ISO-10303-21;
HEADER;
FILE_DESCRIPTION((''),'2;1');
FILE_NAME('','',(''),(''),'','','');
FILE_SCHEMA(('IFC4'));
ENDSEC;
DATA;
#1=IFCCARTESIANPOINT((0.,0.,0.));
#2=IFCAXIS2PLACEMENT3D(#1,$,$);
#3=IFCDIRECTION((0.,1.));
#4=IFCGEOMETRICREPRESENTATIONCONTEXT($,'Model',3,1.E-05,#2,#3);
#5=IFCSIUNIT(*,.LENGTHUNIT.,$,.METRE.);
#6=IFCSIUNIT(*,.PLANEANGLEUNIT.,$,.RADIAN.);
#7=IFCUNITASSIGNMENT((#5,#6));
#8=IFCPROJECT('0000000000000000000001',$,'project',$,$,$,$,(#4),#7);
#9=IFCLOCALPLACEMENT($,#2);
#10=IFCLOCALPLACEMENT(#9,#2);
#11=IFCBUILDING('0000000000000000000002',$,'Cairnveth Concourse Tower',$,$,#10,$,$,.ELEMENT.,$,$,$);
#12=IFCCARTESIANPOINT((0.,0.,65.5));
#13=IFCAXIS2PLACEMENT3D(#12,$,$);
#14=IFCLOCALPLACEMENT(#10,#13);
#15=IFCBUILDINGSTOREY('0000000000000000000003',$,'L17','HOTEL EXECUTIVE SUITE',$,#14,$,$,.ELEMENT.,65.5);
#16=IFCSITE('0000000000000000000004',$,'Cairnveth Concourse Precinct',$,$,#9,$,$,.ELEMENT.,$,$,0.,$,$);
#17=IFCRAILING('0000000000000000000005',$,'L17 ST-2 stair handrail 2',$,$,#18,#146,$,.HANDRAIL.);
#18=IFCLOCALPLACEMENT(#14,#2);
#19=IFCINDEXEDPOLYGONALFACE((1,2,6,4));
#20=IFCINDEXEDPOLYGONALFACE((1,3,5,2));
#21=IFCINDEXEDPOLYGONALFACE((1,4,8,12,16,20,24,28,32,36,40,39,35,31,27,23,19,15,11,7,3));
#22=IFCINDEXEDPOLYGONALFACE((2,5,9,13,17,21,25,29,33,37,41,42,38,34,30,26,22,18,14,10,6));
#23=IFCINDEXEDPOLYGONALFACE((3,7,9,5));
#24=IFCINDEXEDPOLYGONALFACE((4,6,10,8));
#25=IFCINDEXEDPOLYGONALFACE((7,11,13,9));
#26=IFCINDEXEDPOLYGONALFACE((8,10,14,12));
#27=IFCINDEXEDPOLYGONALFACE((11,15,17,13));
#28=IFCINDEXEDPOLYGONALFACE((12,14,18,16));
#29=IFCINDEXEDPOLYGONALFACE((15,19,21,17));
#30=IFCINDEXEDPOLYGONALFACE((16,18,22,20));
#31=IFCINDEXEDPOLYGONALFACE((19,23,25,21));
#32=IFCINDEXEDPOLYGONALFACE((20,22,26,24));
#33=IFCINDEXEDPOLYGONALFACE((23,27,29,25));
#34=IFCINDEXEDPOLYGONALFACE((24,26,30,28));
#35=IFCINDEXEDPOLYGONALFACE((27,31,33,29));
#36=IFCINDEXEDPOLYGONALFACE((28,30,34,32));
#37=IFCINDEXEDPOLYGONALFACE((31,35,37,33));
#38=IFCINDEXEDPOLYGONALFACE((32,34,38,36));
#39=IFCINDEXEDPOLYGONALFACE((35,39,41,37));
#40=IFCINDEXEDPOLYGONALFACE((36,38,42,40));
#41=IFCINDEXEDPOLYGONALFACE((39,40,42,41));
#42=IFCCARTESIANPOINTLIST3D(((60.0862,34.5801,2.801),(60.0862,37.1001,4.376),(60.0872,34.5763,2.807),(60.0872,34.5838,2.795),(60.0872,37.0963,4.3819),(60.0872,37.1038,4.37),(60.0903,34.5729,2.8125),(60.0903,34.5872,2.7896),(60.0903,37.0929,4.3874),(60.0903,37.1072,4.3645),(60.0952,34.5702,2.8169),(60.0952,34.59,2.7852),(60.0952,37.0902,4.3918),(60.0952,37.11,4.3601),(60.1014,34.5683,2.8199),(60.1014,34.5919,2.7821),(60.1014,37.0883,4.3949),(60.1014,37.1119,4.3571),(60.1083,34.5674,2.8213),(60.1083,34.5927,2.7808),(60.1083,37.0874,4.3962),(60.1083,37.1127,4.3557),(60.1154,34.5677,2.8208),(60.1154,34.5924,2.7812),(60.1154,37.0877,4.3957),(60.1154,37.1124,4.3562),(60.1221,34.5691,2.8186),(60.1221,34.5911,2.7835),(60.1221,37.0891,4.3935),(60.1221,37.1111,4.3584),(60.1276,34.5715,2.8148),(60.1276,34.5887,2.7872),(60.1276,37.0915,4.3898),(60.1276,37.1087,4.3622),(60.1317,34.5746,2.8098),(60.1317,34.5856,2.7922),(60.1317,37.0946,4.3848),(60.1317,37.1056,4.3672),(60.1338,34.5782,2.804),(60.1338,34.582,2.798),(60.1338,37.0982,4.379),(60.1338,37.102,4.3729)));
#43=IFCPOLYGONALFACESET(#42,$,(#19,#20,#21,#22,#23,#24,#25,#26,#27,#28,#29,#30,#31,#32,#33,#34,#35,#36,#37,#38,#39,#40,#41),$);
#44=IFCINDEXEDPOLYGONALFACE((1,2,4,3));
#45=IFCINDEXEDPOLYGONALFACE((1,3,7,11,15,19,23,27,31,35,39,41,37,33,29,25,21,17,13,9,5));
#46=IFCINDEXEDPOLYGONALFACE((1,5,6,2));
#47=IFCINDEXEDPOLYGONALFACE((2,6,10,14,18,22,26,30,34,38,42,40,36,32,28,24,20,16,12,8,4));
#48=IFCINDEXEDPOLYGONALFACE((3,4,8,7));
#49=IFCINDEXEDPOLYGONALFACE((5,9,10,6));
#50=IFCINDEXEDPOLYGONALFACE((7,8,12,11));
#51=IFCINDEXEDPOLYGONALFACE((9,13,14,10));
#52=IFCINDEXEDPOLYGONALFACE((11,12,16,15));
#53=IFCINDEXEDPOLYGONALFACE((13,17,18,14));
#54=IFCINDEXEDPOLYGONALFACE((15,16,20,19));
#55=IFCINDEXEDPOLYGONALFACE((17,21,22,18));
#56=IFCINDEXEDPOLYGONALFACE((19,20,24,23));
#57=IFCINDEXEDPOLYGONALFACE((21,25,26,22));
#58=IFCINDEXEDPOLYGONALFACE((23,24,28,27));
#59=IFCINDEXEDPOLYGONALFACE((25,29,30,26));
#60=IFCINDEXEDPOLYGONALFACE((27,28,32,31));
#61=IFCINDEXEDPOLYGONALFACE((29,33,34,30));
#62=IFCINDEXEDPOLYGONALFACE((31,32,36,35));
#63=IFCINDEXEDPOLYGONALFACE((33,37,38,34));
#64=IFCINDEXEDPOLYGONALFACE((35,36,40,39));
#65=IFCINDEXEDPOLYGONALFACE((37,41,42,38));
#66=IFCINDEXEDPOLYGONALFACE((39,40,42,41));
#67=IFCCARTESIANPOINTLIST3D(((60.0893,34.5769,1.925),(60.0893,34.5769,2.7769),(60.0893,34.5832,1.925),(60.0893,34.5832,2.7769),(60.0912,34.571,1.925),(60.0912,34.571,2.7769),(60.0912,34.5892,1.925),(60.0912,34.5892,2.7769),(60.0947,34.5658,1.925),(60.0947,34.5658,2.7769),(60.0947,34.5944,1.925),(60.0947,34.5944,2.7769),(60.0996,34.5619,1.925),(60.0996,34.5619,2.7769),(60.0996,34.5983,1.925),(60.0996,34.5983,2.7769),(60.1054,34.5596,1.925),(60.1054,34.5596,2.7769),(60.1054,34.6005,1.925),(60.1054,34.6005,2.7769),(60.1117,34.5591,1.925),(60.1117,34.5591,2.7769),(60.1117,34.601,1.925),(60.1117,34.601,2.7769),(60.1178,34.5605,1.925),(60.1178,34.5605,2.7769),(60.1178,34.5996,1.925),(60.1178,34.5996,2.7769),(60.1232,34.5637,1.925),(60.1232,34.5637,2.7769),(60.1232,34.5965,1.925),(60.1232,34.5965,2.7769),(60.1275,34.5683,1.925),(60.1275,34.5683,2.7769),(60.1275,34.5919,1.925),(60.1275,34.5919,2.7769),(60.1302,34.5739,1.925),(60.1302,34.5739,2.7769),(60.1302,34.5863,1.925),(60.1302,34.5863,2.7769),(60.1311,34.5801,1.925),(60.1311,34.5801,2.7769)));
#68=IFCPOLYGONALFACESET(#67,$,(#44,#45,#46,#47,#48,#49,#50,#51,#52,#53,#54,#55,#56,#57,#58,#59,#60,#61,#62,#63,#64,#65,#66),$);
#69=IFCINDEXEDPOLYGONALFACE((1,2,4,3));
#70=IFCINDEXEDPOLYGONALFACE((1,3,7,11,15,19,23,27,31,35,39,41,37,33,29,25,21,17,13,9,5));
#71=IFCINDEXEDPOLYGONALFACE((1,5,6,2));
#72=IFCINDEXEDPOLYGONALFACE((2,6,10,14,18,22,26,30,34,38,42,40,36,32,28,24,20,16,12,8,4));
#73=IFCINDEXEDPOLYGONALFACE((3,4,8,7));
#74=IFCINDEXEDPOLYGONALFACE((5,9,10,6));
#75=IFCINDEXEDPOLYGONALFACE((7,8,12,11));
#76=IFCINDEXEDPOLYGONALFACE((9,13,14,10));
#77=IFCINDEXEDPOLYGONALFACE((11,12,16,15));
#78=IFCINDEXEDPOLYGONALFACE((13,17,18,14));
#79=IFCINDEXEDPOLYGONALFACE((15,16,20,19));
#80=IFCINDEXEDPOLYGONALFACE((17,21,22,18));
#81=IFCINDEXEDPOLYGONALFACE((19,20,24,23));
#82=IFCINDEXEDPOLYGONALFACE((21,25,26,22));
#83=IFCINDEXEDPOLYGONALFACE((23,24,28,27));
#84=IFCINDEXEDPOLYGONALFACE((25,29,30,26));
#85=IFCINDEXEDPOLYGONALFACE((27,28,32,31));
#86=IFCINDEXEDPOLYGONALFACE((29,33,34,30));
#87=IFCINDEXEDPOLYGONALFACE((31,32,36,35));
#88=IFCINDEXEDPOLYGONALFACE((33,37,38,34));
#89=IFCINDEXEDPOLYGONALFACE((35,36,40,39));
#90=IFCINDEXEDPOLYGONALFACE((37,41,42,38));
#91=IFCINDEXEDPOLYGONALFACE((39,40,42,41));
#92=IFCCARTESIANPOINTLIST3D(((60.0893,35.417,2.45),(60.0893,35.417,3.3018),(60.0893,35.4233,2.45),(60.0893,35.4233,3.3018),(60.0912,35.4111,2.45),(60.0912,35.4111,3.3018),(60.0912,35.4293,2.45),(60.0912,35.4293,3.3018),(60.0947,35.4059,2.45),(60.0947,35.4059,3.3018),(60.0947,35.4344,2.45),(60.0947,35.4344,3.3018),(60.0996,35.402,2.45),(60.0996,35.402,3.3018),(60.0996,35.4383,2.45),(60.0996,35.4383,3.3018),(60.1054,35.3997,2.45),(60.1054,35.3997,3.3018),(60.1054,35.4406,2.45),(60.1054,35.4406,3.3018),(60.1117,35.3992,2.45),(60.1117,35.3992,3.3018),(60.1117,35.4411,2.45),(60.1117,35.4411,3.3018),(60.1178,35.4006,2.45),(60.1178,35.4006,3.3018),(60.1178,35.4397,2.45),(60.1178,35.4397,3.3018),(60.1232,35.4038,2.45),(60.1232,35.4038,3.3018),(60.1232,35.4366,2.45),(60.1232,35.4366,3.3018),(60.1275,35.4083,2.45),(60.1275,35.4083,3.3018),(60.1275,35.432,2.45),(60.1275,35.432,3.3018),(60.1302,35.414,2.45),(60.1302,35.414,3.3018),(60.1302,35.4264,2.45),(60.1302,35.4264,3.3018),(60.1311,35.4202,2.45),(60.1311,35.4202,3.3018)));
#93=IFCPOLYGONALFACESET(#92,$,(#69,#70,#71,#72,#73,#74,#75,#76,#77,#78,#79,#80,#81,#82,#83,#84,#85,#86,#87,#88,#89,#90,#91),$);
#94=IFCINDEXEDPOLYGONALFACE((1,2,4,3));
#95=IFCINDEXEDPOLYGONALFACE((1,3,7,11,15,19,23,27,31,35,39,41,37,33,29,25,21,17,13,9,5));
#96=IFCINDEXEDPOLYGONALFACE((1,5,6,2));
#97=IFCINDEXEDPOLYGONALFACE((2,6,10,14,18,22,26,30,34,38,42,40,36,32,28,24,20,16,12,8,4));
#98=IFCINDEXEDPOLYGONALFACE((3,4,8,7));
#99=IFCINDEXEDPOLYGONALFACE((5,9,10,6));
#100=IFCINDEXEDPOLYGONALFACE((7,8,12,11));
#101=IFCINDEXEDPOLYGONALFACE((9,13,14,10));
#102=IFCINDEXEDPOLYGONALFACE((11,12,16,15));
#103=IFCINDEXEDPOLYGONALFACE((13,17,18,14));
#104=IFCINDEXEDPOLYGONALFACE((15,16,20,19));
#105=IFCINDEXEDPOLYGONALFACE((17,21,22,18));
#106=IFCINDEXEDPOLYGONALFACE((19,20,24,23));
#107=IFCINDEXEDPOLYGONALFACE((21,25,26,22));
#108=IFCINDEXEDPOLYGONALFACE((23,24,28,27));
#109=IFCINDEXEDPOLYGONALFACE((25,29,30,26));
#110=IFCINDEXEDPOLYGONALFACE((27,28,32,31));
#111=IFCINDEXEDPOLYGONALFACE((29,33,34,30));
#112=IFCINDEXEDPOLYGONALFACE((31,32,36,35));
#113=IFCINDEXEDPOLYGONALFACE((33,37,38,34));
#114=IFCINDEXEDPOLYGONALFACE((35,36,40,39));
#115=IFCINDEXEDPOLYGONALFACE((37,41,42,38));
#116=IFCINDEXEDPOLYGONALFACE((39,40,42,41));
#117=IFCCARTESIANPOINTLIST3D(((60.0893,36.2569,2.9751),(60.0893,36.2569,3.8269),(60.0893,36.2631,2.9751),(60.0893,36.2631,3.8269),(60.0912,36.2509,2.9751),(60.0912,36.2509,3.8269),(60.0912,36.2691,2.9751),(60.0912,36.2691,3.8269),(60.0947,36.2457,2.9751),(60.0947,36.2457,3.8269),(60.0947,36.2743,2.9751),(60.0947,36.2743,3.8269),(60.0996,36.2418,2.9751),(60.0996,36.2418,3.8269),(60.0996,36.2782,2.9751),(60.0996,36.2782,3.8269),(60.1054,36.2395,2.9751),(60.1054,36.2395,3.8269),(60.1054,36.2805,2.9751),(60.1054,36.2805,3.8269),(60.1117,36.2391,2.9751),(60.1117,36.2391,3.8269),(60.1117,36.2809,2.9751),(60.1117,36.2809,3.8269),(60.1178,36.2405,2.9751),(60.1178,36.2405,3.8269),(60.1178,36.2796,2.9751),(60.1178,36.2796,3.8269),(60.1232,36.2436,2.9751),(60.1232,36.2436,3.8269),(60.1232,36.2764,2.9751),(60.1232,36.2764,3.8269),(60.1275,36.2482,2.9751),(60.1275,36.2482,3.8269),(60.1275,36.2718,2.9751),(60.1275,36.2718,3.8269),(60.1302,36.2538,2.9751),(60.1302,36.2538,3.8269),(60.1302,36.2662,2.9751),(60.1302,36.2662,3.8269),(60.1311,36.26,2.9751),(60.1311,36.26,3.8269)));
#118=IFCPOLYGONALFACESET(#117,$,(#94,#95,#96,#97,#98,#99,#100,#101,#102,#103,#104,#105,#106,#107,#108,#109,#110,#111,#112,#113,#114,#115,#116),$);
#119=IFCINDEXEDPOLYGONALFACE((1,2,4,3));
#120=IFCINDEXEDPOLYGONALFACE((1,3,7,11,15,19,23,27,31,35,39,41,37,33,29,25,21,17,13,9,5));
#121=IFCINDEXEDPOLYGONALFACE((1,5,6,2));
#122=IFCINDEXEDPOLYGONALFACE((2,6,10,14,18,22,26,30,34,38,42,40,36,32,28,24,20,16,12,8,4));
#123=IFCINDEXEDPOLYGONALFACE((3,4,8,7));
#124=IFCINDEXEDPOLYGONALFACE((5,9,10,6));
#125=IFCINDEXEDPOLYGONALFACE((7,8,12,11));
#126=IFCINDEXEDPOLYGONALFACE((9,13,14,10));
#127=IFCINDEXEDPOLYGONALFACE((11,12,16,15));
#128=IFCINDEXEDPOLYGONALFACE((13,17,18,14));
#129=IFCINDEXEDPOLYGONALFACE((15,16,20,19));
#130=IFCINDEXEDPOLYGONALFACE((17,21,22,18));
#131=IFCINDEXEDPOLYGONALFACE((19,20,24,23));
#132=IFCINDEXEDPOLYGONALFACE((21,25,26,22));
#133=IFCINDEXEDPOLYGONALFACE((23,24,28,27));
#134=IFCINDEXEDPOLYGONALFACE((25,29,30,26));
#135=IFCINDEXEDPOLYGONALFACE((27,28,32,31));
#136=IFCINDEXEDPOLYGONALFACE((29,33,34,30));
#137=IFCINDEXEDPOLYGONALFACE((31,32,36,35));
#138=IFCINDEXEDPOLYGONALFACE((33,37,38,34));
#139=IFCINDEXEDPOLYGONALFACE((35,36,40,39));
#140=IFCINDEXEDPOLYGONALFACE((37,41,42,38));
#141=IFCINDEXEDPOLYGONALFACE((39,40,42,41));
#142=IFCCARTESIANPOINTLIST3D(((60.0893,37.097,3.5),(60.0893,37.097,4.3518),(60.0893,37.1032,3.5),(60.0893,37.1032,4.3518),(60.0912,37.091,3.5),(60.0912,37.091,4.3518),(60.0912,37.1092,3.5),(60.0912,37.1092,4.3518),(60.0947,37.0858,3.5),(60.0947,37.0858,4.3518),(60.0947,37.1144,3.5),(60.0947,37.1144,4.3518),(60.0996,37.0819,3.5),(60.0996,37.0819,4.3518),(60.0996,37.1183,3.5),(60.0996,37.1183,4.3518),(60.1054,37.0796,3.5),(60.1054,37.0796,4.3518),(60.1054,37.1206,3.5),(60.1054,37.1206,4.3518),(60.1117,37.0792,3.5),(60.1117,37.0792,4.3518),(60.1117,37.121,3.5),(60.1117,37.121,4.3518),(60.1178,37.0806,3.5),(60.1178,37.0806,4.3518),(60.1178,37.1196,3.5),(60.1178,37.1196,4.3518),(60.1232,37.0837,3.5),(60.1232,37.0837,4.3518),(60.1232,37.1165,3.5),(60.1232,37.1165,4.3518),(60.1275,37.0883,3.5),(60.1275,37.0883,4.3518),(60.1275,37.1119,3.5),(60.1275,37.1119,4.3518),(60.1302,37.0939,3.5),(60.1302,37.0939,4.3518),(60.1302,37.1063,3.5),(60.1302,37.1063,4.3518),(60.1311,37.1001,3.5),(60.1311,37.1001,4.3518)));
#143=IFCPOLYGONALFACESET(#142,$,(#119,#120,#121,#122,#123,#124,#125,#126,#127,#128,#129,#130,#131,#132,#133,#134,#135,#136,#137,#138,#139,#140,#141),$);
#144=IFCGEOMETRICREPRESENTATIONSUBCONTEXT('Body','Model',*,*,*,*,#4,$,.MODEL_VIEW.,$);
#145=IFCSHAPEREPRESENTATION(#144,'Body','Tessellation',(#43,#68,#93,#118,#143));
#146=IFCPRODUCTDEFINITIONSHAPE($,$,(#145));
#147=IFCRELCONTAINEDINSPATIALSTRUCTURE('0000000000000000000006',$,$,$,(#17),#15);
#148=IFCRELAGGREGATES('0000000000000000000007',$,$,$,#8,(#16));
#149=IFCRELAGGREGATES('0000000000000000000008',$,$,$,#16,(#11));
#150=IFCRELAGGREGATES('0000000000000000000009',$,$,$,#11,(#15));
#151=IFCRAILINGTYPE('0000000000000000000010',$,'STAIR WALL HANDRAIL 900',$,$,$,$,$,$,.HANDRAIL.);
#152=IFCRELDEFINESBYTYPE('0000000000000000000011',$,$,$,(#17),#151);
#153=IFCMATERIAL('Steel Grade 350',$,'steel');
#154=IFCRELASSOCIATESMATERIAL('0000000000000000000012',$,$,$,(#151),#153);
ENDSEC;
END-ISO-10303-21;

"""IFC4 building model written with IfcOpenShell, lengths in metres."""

from ifc_helpers import new_model, si_unit, direction, frame, origin, origin_2d, place, context, subcontext, project, spatial, circle, extrude, material, type_object, element, save


model = new_model("IFC4")

# Units and contexts
model_context = context("Model", 3, precision=1e-05, world=origin(), true_north=direction((0.0, 1.0)))
body_context = subcontext(model_context, "Body", "Model", "MODEL_VIEW")
ifc_project = project(units=[si_unit("LENGTHUNIT", "METRE"), si_unit("PLANEANGLEUNIT", "RADIAN")], contexts=[model_context])

# Site, building, storey
site_placement = place(None, origin())
site = spatial("IfcSite", under=ifc_project, at=site_placement, Name="Cairnveth Concourse Precinct", CompositionType="ELEMENT", RefElevation=0.0)
building_placement = place(site_placement, origin())
building = spatial("IfcBuilding", under=site, at=building_placement, Name="Cairnveth Concourse Tower", CompositionType="ELEMENT")
storey_placement = place(building_placement, frame((0.0, 0.0, 65.5)))
storey = spatial("IfcBuildingStorey", under=building, at=storey_placement, Name="L17", Description="HOTEL EXECUTIVE SUITE", CompositionType="ELEMENT", Elevation=65.5)

# Railing
ifc_material_1 = material(Name="Steel Grade 350", Category="steel")
railing_type_1 = type_object("IfcRailingType", Name="STAIR WALL HANDRAIL 900", PredefinedType="HANDRAIL", material=ifc_material_1)
railing_1_placement = place(storey_placement, frame((60.1101, 34.5801, 1.925)))
element("IfcRailing", 1, at=railing_1_placement, inside=storey, type_object=railing_type_1, Name="L17 ST-2 stair handrail 2", PredefinedType="HANDRAIL", context=body_context, shape_type="SweptSolid", body=[
    extrude(circle(Radius=0.0239, at=origin_2d()), frame((0.0, 0.0, 0.876), z_axis=(0.0, 0.848008, 0.529984), x_axis=(-1.0, 0.0, 0.0)), (0.0, 0.0, 1.0), 2.9717),
    extrude(circle(Radius=0.021, at=origin_2d()), origin(), (0.0, 0.0, 1.0), 0.8518),
    extrude(circle(Radius=0.021, at=origin_2d()), frame((0.0, 0.8401, 0.5249)), (0.0, 0.0, 1.0), 0.8518),
    extrude(circle(Radius=0.021, at=origin_2d()), frame((0.0, 1.6799, 1.05)), (0.0, 0.0, 1.0), 0.8518),
    extrude(circle(Radius=0.021, at=origin_2d()), frame((0.0, 2.52, 1.575)), (0.0, 0.0, 1.0), 0.8518),
])

save(model, "model.ifc")
